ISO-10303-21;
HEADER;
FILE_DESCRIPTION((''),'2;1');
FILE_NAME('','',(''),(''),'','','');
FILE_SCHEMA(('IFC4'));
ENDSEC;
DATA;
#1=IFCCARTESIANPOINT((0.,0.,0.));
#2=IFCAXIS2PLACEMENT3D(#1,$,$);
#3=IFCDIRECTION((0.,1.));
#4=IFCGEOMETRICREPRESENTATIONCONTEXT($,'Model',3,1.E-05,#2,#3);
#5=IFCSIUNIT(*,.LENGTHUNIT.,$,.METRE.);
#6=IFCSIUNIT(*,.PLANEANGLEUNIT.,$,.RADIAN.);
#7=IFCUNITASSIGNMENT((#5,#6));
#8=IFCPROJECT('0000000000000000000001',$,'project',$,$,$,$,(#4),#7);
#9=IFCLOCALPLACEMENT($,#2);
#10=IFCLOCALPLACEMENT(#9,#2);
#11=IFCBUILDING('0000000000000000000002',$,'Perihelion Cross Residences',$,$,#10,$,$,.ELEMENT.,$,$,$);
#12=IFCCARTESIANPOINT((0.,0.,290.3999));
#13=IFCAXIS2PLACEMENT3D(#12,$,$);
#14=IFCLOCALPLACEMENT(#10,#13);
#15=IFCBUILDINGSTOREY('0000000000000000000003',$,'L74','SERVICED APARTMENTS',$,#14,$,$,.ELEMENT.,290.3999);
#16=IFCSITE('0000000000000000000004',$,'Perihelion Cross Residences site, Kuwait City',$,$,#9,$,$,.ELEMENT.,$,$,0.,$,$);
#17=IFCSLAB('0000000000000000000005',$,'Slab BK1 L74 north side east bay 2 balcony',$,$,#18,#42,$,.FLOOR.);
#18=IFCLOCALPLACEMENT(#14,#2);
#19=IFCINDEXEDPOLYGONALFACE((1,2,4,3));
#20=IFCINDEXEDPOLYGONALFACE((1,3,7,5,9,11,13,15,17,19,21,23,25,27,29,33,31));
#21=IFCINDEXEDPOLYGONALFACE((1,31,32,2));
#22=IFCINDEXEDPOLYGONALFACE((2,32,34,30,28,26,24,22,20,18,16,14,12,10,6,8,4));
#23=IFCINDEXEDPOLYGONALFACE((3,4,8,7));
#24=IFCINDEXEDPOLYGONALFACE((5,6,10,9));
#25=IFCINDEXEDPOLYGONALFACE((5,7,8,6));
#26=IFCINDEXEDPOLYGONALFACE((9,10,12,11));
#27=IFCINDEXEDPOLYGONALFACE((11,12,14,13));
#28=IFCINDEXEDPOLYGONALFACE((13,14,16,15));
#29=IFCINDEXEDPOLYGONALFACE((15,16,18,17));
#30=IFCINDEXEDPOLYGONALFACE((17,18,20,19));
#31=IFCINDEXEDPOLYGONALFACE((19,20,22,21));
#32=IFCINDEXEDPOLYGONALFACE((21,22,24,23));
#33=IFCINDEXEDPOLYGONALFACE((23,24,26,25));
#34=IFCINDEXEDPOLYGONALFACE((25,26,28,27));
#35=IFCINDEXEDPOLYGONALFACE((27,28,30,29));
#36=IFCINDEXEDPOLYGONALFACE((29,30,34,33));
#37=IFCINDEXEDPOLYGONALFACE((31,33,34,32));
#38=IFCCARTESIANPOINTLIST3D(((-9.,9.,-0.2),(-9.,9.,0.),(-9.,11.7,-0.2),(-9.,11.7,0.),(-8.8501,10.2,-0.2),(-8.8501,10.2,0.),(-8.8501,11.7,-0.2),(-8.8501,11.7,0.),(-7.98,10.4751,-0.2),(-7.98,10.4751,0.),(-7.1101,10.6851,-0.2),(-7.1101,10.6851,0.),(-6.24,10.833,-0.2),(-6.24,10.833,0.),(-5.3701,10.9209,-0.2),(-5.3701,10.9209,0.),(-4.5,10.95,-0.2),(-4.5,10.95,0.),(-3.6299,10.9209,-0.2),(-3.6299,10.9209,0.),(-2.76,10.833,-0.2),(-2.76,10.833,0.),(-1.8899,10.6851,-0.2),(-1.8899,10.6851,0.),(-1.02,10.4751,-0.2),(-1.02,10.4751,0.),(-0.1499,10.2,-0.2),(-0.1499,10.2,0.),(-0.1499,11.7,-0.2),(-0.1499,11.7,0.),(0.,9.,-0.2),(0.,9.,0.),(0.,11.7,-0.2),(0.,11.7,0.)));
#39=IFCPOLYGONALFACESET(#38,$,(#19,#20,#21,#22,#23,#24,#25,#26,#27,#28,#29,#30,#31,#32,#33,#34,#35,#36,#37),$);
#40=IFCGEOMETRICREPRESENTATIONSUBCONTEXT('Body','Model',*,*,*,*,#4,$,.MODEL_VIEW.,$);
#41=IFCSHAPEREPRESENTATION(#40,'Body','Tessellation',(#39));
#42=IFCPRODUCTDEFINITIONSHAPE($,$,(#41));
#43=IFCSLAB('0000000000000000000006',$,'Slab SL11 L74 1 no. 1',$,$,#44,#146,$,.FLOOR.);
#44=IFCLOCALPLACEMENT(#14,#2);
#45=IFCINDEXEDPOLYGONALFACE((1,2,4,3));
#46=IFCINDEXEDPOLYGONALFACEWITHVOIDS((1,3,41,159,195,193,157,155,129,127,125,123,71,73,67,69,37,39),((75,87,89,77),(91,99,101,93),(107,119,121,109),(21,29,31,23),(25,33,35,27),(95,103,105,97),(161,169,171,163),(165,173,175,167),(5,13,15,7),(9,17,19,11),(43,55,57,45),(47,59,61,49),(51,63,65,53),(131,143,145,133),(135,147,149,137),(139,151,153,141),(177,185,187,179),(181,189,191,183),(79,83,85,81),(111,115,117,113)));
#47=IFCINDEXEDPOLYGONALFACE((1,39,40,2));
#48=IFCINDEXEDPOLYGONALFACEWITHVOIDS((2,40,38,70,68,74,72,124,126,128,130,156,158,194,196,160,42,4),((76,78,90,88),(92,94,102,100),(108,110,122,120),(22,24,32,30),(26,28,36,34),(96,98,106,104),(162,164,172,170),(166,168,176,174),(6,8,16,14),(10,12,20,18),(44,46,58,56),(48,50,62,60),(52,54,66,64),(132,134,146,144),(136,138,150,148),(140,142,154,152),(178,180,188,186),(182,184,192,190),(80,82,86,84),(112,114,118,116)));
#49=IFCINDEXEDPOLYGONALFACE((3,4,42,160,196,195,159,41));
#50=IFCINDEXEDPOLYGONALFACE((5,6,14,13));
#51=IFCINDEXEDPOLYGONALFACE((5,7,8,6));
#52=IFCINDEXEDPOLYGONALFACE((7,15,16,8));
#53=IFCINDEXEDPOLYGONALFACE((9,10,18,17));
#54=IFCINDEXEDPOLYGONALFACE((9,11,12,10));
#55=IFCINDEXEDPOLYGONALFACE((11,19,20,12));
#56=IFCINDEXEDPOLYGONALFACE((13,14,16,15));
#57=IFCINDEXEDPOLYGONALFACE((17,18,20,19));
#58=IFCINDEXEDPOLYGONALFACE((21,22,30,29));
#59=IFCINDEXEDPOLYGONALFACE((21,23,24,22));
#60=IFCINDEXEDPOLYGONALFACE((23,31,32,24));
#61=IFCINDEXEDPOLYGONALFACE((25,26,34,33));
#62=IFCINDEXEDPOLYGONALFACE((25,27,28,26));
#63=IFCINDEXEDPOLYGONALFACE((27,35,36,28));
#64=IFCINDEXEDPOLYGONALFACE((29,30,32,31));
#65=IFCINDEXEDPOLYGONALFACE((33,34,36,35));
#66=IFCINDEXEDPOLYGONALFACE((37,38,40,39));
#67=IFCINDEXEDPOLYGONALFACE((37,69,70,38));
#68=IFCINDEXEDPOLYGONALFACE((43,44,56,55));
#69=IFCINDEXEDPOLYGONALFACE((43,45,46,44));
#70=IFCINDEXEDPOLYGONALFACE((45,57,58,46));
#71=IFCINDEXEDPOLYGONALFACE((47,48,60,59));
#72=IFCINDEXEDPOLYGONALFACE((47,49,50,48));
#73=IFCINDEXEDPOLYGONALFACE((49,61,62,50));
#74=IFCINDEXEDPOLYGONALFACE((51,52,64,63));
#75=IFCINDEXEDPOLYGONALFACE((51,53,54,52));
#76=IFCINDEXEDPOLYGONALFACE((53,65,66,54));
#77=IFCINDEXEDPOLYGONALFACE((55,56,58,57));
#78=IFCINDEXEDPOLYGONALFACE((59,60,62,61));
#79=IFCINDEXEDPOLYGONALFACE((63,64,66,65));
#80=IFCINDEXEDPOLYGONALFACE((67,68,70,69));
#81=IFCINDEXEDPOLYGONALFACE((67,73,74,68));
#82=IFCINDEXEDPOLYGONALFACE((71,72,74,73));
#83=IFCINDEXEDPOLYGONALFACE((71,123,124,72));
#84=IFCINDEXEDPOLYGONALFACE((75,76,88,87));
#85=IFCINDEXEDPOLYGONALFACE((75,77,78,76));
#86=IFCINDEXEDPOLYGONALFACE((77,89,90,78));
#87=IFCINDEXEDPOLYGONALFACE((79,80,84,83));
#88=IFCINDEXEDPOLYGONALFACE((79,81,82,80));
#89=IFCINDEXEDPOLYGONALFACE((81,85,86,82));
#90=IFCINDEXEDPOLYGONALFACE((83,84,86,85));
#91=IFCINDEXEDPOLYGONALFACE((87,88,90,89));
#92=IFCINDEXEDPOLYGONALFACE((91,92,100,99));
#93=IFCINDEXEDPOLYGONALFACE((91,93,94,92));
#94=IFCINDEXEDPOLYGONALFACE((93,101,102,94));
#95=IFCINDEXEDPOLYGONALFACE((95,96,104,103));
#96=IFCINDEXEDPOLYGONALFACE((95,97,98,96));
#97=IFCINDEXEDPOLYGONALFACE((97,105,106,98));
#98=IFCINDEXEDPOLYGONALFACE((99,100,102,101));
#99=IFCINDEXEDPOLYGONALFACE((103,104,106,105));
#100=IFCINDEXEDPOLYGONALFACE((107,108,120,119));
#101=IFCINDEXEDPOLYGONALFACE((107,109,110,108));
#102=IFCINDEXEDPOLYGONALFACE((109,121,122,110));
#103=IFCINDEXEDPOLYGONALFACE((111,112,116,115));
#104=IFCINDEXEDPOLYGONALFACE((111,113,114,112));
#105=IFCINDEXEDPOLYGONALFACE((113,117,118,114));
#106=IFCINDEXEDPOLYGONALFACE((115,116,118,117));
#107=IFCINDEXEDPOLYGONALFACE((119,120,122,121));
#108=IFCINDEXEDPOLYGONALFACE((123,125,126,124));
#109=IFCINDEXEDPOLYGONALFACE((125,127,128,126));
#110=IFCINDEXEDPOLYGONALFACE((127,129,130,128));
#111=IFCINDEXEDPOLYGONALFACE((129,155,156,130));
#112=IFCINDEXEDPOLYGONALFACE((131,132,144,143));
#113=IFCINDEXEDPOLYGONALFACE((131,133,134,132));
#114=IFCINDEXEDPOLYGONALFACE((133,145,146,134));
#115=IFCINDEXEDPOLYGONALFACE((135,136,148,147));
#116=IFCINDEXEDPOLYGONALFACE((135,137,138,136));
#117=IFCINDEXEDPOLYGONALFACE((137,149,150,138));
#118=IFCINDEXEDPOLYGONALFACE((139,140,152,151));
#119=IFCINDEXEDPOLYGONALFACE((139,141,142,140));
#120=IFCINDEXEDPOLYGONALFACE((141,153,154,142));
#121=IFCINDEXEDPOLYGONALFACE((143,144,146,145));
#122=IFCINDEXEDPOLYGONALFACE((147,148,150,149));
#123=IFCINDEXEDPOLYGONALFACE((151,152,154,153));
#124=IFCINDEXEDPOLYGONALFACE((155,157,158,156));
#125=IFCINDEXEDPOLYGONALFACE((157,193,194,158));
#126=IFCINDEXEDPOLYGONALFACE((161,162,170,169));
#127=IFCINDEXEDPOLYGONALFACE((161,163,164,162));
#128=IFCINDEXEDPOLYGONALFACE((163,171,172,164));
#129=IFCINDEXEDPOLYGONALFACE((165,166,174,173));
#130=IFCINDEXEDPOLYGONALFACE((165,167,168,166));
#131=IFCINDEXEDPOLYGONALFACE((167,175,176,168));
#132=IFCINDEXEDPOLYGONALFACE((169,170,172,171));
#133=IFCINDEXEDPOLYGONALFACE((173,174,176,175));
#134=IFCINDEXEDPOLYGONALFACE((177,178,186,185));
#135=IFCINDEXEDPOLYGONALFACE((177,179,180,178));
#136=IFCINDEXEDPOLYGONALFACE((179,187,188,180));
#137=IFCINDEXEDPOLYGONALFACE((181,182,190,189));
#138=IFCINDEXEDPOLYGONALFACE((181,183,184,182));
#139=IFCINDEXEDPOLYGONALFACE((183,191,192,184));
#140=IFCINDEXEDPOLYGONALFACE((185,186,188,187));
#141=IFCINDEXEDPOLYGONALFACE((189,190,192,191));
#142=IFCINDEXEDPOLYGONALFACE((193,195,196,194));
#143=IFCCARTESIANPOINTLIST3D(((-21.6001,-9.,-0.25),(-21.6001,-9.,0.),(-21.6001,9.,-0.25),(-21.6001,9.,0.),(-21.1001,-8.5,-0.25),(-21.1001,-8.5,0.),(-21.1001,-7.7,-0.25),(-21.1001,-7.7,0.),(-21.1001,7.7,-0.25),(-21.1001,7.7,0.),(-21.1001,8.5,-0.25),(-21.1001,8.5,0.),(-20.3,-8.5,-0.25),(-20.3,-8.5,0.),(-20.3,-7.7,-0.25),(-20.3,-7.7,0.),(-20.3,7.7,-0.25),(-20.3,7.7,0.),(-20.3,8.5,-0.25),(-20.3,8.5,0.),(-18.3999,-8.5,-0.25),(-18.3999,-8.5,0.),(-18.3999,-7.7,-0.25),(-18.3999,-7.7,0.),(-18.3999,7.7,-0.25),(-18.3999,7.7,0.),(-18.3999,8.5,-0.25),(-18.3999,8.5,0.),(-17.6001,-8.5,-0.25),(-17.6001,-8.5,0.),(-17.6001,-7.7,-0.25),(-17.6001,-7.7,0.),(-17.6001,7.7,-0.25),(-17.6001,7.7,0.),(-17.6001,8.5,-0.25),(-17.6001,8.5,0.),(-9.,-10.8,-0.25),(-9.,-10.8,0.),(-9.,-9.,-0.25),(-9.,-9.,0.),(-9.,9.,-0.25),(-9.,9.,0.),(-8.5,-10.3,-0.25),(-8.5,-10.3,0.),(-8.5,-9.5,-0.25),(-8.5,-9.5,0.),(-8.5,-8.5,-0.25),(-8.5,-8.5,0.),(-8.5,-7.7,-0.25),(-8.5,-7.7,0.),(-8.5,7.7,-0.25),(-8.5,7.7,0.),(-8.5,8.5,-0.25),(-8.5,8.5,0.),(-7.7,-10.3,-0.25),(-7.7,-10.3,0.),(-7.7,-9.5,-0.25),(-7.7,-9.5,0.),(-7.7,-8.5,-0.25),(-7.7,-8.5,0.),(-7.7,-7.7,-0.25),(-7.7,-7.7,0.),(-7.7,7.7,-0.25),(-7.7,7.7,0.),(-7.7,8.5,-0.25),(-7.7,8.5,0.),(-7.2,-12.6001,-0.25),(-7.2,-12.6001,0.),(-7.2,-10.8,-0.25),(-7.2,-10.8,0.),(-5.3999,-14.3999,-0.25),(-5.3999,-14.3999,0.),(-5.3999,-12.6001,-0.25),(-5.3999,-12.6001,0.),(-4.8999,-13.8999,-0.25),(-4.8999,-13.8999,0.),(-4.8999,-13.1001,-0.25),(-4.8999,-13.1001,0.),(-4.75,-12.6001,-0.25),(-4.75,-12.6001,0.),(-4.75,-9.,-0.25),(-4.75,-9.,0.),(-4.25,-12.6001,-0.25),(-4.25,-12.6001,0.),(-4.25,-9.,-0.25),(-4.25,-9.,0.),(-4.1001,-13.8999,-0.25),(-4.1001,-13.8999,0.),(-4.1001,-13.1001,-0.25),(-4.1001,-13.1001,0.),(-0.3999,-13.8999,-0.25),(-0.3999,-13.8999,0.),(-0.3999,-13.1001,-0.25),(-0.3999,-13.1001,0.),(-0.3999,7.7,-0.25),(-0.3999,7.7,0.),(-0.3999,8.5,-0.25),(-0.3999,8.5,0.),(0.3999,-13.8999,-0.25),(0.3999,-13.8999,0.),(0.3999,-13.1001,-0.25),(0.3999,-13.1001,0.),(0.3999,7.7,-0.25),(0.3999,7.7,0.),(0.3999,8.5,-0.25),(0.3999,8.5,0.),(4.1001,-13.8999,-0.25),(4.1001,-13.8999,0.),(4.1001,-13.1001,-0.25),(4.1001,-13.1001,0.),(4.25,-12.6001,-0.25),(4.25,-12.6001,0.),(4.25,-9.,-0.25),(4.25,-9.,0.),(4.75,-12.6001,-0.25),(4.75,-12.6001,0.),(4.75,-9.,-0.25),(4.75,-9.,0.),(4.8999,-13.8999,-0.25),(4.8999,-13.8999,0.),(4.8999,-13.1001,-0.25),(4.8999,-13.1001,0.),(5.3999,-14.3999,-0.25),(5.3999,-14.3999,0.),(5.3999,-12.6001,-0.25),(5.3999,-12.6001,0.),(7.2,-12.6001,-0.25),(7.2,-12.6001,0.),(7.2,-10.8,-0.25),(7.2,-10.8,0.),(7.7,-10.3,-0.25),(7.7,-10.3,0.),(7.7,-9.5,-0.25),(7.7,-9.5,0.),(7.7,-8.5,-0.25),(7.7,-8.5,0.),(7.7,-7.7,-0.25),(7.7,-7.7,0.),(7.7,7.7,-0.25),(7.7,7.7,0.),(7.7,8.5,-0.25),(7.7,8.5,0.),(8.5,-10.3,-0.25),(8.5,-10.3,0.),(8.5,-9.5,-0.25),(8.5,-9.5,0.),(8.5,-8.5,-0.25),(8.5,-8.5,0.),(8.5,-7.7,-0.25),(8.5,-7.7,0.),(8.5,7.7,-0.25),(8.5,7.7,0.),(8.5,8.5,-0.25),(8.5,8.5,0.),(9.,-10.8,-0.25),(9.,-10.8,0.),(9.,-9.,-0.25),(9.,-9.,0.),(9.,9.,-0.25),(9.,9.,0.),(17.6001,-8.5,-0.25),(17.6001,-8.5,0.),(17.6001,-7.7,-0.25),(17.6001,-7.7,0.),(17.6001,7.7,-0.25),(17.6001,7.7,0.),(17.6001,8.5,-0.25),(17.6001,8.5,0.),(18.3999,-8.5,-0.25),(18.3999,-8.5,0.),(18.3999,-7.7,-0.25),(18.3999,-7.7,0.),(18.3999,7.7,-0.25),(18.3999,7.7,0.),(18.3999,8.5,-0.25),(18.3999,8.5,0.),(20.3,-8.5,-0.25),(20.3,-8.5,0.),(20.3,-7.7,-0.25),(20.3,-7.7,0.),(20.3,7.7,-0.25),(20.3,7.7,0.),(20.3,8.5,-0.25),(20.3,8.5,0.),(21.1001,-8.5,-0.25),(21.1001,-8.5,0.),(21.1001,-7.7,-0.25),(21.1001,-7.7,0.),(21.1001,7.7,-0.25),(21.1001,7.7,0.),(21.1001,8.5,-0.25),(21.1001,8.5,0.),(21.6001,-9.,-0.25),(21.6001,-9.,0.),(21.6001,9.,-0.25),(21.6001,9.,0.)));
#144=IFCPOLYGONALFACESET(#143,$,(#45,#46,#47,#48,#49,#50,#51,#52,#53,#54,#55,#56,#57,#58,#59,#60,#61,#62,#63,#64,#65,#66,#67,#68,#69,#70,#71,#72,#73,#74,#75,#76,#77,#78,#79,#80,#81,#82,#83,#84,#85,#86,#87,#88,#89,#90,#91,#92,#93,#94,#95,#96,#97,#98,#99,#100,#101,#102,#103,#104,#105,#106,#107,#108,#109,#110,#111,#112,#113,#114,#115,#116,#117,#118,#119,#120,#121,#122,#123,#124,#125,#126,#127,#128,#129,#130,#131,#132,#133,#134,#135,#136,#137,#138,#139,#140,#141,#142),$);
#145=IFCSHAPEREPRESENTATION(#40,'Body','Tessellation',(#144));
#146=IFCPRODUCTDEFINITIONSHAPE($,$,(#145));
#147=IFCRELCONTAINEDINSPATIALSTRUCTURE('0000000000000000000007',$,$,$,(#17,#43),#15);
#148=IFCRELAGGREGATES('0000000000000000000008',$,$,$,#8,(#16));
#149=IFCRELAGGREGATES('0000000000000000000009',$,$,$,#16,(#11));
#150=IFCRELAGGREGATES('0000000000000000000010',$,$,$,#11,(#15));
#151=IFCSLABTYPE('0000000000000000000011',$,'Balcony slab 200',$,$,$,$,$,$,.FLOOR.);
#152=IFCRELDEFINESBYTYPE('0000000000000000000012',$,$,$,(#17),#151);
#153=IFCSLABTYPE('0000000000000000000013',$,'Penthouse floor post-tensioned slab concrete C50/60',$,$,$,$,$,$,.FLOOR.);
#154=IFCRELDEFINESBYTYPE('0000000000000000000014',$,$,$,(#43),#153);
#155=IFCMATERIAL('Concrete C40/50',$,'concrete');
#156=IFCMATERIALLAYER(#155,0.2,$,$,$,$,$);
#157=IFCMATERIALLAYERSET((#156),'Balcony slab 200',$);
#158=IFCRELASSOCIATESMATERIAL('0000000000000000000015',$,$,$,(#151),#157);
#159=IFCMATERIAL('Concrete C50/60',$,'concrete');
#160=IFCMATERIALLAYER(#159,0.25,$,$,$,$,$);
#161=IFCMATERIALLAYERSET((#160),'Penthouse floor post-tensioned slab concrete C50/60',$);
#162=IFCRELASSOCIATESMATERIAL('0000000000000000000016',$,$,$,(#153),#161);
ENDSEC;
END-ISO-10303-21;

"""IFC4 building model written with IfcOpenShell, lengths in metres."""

from ifc_helpers import new_model, si_unit, direction, frame, origin, place, context, subcontext, project, spatial, polyline, outline, extrude, material, layer, layer_set, type_object, element, save


model = new_model("IFC4")

# Units and contexts
model_context = context("Model", 3, precision=1e-05, world=origin(), true_north=direction((0.0, 1.0)))
body_context = subcontext(model_context, "Body", "Model", "MODEL_VIEW")
ifc_project = project(units=[si_unit("LENGTHUNIT", "METRE"), si_unit("PLANEANGLEUNIT", "RADIAN")], contexts=[model_context])

# Site, building, storey
site_placement = place(None, origin())
site = spatial("IfcSite", under=ifc_project, at=site_placement, Name="Perihelion Cross Residences site, Kuwait City", CompositionType="ELEMENT", RefElevation=0.0)
building_placement = place(site_placement, origin())
building = spatial("IfcBuilding", under=site, at=building_placement, Name="Perihelion Cross Residences", CompositionType="ELEMENT")
storey_placement = place(building_placement, frame((0.0, 0.0, 290.3999)))
storey = spatial("IfcBuildingStorey", under=building, at=storey_placement, Name="L74", Description="SERVICED APARTMENTS", CompositionType="ELEMENT", Elevation=290.3999)

# Slabs
ifc_material_1 = material(Name="Concrete C40/50", Category="concrete")
ifc_layer_1 = layer(ifc_material_1, 0.2)
ifc_layer_set_1 = layer_set([ifc_layer_1], Name="Balcony slab 200")
slab_type_1 = type_object("IfcSlabType", Name="Balcony slab 200", PredefinedType="FLOOR", material=ifc_layer_set_1)
slab_1_placement = place(storey_placement, frame((0.0, 0.0, -0.2)))
element("IfcSlab", 1, at=slab_1_placement, inside=storey, type_object=slab_type_1, Name="Slab BK1 L74 north side east bay 2 balcony", PredefinedType="FLOOR", context=body_context, shape_type="SweptSolid", body=[
    extrude(outline(polyline([(0.0, 9.0), (-9.0, 9.0), (-9.0, 11.7), (-8.8501, 11.7), (-8.8501, 10.2), (-7.98, 10.4751), (-7.1101, 10.6851), (-6.24, 10.833), (-5.3701, 10.9209), (-4.5, 10.95), (-3.6299, 10.9209), (-2.76, 10.833), (-1.8899, 10.6851), (-1.02, 10.4751), (-0.1499, 10.2), (-0.1499, 11.7), (0.0, 11.7), (0.0, 9.0)])), origin(), (0.0, 0.0, 1.0), 0.2),
])
ifc_material_2 = material(Name="Concrete C50/60", Category="concrete")
ifc_layer_2 = layer(ifc_material_2, 0.25)
ifc_layer_set_2 = layer_set([ifc_layer_2], Name="Penthouse floor post-tensioned slab concrete C50/60")
slab_type_2 = type_object("IfcSlabType", Name="Penthouse floor post-tensioned slab concrete C50/60", PredefinedType="FLOOR", material=ifc_layer_set_2)
slab_2_placement = place(storey_placement, frame((0.0, 0.0, -0.25)))
element("IfcSlab", 2, at=slab_2_placement, inside=storey, type_object=slab_type_2, Name="Slab SL11 L74 1 no. 1", PredefinedType="FLOOR", context=body_context, shape_type="SweptSolid", body=[
    extrude(outline(polyline([(-9.0, 9.0), (9.0, 9.0), (21.6001, 9.0), (21.6001, -9.0), (9.0, -9.0), (9.0, -10.8), (7.2, -10.8), (7.2, -12.6001), (5.3999, -12.6001), (5.3999, -14.3999), (-5.3999, -14.3999), (-5.3999, -12.6001), (-7.2, -12.6001), (-7.2, -10.8), (-9.0, -10.8), (-9.0, -9.0), (-21.6001, -9.0), (-21.6001, 9.0), (-9.0, 9.0)]), holes=[polyline([(-4.1001, -13.1001), (-4.8999, -13.1001), (-4.8999, -13.8999), (-4.1001, -13.8999), (-4.1001, -13.1001)]), polyline([(-4.25, -9.0), (-4.75, -9.0), (-4.75, -12.6001), (-4.25, -12.6001), (-4.25, -9.0)]), polyline([(-7.7, -10.3), (-7.7, -9.5), (-8.5, -9.5), (-8.5, -10.3), (-7.7, -10.3)]), polyline([(-20.3, -8.5), (-20.3, -7.7), (-21.1001, -7.7), (-21.1001, -8.5), (-20.3, -8.5)]), polyline([(-17.6001, -7.7), (-18.3999, -7.7), (-18.3999, -8.5), (-17.6001, -8.5), (-17.6001, -7.7)]), polyline([(-7.7, -8.5), (-7.7, -7.7), (-8.5, -7.7), (-8.5, -8.5), (-7.7, -8.5)]), polyline([(-20.3, 8.5), (-21.1001, 8.5), (-21.1001, 7.7), (-20.3, 7.7), (-20.3, 8.5)]), polyline([(-17.6001, 7.7), (-17.6001, 8.5), (-18.3999, 8.5), (-18.3999, 7.7), (-17.6001, 7.7)]), polyline([(-7.7, 7.7), (-7.7, 8.5), (-8.5, 8.5), (-8.5, 7.7), (-7.7, 7.7)]), polyline([(0.3999, 8.5), (-0.3999, 8.5), (-0.3999, 7.7), (0.3999, 7.7), (0.3999, 8.5)]), polyline([(0.3999, -13.8999), (0.3999, -13.1001), (-0.3999, -13.1001), (-0.3999, -13.8999), (0.3999, -13.8999)]), polyline([(4.8999, -13.8999), (4.8999, -13.1001), (4.1001, -13.1001), (4.1001, -13.8999), (4.8999, -13.8999)]), polyline([(4.75, -9.0), (4.25, -9.0), (4.25, -12.6001), (4.75, -12.6001), (4.75, -9.0)]), polyline([(8.5, -10.3), (8.5, -9.5), (7.7, -9.5), (7.7, -10.3), (8.5, -10.3)]), polyline([(8.5, -8.5), (8.5, -7.7), (7.7, -7.7), (7.7, -8.5), (8.5, -8.5)]), polyline([(18.3999, -7.7), (17.6001, -7.7), (17.6001, -8.5), (18.3999, -8.5), (18.3999, -7.7)]), polyline([(21.1001, -8.5), (21.1001, -7.7), (20.3, -7.7), (20.3, -8.5), (21.1001, -8.5)]), polyline([(8.5, 8.5), (7.7, 8.5), (7.7, 7.7), (8.5, 7.7), (8.5, 8.5)]), polyline([(18.3999, 7.7), (18.3999, 8.5), (17.6001, 8.5), (17.6001, 7.7), (18.3999, 7.7)]), polyline([(21.1001, 7.7), (21.1001, 8.5), (20.3, 8.5), (20.3, 7.7), (21.1001, 7.7)])]), origin(), (0.0, 0.0, 1.0), 0.25),
])

save(model, "model.ifc")
